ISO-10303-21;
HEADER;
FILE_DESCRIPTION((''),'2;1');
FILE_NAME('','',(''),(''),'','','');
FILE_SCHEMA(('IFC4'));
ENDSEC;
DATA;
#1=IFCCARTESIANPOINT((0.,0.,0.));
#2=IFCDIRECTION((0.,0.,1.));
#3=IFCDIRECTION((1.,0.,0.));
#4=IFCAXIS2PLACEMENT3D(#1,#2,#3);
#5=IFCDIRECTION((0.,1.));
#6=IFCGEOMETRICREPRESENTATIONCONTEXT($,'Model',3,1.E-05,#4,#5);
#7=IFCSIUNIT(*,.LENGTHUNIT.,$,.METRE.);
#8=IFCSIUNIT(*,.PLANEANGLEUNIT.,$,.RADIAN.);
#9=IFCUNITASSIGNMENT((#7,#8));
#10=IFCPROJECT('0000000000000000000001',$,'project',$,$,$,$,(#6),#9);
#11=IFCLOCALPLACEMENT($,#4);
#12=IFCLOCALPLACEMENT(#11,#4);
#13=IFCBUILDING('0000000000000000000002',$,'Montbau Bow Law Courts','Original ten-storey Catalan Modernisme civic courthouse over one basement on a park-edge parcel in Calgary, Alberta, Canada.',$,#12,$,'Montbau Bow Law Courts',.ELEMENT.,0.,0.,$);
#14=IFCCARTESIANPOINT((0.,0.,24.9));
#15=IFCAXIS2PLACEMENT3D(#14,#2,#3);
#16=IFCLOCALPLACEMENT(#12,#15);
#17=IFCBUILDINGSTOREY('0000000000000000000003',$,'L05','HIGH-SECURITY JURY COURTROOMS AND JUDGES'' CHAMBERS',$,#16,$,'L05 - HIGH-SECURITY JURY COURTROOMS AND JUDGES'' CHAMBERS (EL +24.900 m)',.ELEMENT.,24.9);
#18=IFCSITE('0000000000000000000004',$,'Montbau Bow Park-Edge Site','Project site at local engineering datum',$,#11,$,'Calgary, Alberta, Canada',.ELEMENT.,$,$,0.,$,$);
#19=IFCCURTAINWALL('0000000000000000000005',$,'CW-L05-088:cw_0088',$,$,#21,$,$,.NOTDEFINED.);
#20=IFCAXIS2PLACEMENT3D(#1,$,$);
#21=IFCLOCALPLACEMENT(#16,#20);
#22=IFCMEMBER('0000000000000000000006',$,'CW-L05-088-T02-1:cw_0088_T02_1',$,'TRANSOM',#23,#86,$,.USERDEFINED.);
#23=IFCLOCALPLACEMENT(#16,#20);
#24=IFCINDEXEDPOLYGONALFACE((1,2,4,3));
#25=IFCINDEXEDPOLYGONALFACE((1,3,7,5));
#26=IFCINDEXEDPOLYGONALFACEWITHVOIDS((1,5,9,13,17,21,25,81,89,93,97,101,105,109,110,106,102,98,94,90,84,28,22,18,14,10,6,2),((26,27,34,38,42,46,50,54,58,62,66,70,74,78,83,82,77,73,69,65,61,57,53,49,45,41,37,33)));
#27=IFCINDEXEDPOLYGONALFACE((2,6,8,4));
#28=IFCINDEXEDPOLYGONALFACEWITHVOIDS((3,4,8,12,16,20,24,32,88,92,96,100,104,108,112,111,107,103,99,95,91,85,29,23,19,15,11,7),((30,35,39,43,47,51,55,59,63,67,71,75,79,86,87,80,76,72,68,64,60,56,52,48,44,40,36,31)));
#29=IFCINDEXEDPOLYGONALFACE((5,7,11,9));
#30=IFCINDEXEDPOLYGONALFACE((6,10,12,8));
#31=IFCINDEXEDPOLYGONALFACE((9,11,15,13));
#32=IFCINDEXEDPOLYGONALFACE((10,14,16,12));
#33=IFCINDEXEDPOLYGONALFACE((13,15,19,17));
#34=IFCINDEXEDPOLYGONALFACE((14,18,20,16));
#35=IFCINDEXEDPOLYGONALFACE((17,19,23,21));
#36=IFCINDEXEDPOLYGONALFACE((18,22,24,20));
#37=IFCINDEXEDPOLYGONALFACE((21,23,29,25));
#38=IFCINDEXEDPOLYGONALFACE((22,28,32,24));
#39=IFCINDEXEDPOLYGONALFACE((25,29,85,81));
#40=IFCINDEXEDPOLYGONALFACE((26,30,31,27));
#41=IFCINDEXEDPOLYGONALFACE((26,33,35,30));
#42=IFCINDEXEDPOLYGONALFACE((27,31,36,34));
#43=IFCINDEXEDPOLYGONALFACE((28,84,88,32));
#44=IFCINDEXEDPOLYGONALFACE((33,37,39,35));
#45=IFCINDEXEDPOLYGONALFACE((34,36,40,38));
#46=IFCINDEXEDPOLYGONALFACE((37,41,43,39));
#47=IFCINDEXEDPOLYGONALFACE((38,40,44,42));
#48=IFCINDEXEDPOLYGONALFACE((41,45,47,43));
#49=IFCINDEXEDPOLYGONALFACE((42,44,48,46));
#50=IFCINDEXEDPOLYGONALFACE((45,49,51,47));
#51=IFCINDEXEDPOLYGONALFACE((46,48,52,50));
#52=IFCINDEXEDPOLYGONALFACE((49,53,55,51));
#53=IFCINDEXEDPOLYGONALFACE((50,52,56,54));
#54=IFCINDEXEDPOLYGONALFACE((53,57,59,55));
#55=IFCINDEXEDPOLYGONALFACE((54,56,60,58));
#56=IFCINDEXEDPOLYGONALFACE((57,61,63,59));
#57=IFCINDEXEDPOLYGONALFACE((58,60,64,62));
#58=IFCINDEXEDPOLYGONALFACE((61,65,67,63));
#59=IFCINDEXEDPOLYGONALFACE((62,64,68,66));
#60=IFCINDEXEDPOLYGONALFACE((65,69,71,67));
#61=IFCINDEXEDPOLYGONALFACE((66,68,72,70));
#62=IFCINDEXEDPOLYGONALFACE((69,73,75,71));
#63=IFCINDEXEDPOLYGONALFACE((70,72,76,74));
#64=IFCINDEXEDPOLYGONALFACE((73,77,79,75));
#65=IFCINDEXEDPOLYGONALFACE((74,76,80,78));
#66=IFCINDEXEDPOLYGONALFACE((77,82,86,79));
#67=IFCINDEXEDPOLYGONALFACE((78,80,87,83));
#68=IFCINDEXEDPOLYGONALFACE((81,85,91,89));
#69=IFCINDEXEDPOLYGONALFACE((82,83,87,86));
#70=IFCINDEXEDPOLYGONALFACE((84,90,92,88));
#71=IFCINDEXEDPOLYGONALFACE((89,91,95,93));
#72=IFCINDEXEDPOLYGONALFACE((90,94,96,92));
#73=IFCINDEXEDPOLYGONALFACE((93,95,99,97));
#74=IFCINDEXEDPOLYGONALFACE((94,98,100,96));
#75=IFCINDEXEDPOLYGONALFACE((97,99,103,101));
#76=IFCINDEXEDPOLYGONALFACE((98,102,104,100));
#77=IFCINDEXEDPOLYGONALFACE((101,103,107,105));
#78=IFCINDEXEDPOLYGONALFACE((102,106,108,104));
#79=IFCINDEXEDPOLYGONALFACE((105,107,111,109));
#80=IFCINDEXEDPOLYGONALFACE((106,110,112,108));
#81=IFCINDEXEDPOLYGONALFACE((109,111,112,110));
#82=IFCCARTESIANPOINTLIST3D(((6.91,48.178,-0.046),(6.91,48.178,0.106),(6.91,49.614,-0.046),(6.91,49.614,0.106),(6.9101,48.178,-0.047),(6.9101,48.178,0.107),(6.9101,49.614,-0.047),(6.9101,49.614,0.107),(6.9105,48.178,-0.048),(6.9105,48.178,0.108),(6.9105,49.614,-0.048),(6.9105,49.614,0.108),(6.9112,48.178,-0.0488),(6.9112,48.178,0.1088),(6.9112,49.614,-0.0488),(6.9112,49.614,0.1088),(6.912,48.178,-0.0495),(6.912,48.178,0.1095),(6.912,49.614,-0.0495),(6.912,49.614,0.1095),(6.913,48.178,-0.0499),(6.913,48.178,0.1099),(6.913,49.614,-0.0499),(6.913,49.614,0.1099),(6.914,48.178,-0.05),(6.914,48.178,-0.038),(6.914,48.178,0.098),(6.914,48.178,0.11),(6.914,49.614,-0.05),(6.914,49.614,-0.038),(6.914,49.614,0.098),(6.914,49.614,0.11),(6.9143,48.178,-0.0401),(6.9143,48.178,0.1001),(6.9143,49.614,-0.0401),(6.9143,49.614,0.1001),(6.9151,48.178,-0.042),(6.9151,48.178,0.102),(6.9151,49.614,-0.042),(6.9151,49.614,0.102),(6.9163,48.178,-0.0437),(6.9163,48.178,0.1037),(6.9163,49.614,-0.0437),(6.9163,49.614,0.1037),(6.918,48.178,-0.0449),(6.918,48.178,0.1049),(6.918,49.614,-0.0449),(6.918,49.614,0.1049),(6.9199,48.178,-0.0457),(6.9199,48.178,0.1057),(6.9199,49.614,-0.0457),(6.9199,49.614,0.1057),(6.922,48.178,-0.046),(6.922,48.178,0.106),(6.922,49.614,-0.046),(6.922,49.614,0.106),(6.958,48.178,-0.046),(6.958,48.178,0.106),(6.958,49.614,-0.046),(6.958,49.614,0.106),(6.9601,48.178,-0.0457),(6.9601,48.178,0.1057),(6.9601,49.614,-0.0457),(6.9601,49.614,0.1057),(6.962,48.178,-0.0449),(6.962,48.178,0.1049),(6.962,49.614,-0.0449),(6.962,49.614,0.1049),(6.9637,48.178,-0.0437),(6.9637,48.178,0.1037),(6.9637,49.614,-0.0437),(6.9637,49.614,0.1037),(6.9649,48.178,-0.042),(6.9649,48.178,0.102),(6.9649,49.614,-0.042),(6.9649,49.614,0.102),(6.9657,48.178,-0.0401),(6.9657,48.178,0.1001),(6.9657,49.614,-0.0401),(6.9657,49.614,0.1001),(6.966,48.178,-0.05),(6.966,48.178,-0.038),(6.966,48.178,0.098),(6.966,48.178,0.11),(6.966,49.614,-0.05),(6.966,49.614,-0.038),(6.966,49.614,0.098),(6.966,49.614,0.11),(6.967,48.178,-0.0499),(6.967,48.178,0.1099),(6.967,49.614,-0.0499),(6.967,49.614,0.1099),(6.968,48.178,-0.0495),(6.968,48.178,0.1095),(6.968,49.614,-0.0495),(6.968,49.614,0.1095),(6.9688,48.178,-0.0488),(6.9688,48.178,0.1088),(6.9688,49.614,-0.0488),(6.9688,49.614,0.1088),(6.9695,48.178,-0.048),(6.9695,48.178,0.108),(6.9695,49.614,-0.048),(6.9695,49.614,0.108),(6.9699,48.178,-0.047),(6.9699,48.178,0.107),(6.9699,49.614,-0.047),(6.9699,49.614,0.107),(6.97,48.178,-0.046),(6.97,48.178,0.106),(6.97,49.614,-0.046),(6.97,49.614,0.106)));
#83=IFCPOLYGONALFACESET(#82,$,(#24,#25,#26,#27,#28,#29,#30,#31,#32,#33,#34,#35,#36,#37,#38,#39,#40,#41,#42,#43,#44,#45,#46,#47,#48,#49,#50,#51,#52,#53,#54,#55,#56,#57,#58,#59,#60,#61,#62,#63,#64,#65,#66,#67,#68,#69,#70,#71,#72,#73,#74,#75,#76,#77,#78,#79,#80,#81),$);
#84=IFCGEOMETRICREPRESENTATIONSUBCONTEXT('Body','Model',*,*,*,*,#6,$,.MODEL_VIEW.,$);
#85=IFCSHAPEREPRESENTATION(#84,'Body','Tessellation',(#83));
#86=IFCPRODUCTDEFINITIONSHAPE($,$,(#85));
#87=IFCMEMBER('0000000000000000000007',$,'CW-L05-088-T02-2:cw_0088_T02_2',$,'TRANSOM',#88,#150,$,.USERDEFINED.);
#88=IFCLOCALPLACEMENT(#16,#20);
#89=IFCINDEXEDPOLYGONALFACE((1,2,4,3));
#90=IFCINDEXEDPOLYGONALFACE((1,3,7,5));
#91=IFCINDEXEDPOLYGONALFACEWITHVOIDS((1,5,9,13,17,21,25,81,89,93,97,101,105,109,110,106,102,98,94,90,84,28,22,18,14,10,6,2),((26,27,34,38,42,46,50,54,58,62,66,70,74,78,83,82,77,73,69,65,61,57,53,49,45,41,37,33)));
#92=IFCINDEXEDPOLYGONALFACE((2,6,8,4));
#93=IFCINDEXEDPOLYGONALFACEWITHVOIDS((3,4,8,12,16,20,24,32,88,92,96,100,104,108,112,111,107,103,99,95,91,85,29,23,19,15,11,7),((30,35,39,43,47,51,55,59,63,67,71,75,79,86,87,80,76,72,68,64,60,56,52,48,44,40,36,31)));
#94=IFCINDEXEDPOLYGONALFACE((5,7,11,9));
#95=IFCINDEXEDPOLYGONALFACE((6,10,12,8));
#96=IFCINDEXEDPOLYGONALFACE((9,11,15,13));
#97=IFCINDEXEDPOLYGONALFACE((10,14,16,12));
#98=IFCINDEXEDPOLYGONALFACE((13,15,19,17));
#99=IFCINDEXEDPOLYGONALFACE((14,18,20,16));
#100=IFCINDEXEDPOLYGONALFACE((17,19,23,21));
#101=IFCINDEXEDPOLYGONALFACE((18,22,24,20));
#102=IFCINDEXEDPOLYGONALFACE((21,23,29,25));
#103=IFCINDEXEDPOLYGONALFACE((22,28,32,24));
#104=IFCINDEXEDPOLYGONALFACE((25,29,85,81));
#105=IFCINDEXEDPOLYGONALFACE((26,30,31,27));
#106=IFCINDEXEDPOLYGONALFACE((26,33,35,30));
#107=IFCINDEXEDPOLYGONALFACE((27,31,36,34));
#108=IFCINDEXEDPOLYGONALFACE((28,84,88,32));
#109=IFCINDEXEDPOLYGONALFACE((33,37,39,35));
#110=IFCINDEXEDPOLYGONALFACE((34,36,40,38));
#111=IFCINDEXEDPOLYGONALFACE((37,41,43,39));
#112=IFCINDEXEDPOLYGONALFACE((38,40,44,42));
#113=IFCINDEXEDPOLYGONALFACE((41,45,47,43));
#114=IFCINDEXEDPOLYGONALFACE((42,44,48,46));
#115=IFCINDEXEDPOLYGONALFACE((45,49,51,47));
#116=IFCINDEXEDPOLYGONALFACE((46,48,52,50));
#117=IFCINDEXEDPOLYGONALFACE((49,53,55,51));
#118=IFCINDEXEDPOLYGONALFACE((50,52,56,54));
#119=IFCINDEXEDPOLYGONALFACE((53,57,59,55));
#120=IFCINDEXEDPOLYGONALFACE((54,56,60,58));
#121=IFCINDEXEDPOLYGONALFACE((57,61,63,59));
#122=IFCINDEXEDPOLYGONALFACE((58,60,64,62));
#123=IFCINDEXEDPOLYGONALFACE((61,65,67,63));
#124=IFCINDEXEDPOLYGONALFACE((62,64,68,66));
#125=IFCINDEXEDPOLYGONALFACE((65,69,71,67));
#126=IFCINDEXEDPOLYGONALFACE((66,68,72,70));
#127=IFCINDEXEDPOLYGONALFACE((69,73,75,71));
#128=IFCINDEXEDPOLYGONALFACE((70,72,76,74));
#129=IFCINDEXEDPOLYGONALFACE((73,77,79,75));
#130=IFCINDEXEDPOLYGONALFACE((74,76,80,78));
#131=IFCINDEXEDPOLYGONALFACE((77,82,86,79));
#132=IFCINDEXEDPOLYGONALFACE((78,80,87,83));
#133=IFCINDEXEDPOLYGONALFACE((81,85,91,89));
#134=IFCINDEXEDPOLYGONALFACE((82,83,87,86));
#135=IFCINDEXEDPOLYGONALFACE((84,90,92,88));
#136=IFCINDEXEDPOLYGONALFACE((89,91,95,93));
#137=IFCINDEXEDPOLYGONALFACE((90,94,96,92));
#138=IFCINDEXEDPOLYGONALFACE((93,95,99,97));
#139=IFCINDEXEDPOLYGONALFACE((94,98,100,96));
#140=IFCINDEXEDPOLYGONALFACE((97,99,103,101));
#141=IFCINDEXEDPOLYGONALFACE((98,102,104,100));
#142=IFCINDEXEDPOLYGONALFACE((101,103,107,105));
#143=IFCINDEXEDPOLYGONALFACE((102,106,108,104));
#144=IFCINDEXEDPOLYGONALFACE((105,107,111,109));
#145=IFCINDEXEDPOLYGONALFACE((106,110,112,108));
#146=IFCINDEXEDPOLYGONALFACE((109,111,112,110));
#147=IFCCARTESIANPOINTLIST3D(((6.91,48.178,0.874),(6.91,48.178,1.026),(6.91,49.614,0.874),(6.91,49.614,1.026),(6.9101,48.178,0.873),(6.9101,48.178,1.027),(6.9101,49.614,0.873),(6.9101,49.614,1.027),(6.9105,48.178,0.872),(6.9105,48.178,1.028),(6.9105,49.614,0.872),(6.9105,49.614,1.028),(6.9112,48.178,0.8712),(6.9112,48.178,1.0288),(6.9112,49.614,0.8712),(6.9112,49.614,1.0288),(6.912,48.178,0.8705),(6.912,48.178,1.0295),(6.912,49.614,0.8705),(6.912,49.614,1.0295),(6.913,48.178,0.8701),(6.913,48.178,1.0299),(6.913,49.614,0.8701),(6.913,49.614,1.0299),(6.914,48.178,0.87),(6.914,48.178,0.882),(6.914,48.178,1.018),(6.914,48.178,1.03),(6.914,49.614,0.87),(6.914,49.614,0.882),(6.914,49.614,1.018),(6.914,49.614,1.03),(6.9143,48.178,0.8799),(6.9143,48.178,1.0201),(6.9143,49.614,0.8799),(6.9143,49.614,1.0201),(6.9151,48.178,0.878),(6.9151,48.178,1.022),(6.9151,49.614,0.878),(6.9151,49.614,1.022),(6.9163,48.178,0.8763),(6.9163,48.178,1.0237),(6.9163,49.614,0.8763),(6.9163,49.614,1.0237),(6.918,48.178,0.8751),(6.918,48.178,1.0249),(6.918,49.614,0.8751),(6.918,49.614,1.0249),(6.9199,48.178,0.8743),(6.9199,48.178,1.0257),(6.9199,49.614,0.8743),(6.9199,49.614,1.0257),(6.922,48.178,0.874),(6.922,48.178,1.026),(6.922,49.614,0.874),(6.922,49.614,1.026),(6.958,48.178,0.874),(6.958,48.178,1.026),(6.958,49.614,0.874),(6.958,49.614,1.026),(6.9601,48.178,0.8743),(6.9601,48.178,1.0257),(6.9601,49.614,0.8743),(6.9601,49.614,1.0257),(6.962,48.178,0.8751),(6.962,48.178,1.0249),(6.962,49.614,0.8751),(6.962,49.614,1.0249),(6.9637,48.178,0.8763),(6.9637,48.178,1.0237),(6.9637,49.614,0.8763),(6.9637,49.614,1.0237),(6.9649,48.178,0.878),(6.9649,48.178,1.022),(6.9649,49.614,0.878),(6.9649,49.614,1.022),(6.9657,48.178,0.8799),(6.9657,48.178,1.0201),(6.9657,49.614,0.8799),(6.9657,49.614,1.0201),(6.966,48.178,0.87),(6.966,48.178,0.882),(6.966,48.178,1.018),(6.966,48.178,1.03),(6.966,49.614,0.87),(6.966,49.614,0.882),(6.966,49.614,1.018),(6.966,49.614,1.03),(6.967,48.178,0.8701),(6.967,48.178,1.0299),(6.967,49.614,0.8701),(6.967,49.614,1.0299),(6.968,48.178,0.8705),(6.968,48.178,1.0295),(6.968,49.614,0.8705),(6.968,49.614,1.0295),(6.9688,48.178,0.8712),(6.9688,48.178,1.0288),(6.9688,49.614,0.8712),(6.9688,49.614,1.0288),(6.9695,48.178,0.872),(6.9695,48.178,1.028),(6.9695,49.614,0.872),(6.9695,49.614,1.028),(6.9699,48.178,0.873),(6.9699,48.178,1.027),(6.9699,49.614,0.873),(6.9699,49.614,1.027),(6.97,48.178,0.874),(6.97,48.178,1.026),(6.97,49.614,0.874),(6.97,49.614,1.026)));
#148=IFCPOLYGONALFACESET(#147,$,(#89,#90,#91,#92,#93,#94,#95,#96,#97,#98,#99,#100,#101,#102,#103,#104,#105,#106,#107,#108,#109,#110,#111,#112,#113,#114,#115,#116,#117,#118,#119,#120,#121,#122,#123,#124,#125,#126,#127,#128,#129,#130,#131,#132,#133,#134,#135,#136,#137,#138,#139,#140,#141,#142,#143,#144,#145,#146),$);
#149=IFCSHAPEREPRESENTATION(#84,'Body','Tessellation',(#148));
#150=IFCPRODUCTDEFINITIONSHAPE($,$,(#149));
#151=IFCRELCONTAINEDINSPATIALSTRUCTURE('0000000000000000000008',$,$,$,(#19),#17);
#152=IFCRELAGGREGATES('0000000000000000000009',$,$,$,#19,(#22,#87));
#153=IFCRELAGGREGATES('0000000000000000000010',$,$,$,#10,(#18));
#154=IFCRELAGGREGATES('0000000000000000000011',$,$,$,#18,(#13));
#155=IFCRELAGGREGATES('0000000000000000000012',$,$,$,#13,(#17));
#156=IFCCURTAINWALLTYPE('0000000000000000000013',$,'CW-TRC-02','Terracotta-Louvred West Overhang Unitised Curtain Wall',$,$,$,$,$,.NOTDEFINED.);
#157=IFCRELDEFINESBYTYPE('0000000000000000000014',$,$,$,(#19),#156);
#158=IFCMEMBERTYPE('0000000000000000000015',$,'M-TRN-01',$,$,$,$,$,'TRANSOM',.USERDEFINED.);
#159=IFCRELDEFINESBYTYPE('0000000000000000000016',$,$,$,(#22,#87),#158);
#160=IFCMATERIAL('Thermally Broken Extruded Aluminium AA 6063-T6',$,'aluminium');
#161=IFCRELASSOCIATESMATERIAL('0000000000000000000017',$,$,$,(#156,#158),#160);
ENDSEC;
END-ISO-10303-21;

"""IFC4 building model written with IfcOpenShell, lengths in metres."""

from ifc_helpers import new_model, si_unit, direction, frame, origin_with_axes, origin_2d_with_axis, place, context, subcontext, project, spatial, hollow_rectangle, extrude, material, material_profile, profile_set, type_object, element, aggregate, save


model = new_model("IFC4")

# Units and contexts
model_context = context("Model", 3, precision=1e-05, world=origin_with_axes(), true_north=direction((0.0, 1.0)))
body_context = subcontext(model_context, "Body", "Model", "MODEL_VIEW")
ifc_project = project(units=[si_unit("LENGTHUNIT", "METRE"), si_unit("PLANEANGLEUNIT", "RADIAN")], contexts=[model_context])

# Site, building, storey
site_placement = place(None, origin_with_axes())
site = spatial("IfcSite", under=ifc_project, at=site_placement, Name="Montbau Bow Park-Edge Site", Description="Project site at local engineering datum", LongName="Calgary, Alberta, Canada", CompositionType="ELEMENT", RefElevation=0.0)
building_placement = place(site_placement, origin_with_axes())
building = spatial("IfcBuilding", under=site, at=building_placement, Name="Montbau Bow Law Courts", Description="Original ten-storey Catalan Modernisme civic courthouse over one basement on a park-edge parcel in Calgary, Alberta, Canada.", LongName="Montbau Bow Law Courts", CompositionType="ELEMENT", ElevationOfRefHeight=0.0, ElevationOfTerrain=0.0)
storey_placement = place(building_placement, frame((0.0, 0.0, 24.9), z_axis=(0.0, 0.0, 1.0), x_axis=(1.0, 0.0, 0.0)))
storey = spatial("IfcBuildingStorey", under=building, at=storey_placement, Name="L05", Description="HIGH-SECURITY JURY COURTROOMS AND JUDGES' CHAMBERS", LongName="L05 - HIGH-SECURITY JURY COURTROOMS AND JUDGES' CHAMBERS (EL +24.900 m)", CompositionType="ELEMENT", Elevation=24.9)

# Curtain wall, members
ifc_material_1 = material(Name="Thermally Broken Extruded Aluminium AA 6063-T6", Category="aluminium")
curtain_wall_type = type_object("IfcCurtainWallType", Name="CW-TRC-02", Description="Terracotta-Louvred West Overhang Unitised Curtain Wall", PredefinedType="NOTDEFINED", material=ifc_material_1)
curtain_wall_placement = place(None, frame((6.94, 46.64, 24.9), z_axis=(0.0, 0.0, 1.0), x_axis=(1.0, 0.0, 0.0)))
curtain_wall = element("IfcCurtainWall", 1, at=curtain_wall_placement, inside=storey, type_object=curtain_wall_type, Name="CW-L05-088:cw_0088", PredefinedType="NOTDEFINED")
ifc_material_profile_1 = material_profile(ifc_material_1, hollow_rectangle(XDim=0.06, YDim=0.16, WallThickness=0.004, InnerFilletRadius=0.008, OuterFilletRadius=0.004, at=origin_2d_with_axis()), Name="CWT-160X60", Category="Main", Priority=0)
ifc_profile_set_1 = profile_set([ifc_material_profile_1], Name="Thermally Broken Extruded Aluminium AA 6063-T6")
member_type_1 = type_object("IfcMemberType", Name="M-TRN-01", ElementType="TRANSOM", PredefinedType="USERDEFINED", material=ifc_profile_set_1)
member_1_placement = place(None, frame((6.94, 48.178, 24.93), z_axis=(0.0, 1.0, 0.0), x_axis=(-1.0, 0.0, 0.0)))
member_1 = element("IfcMember", 2, at=member_1_placement, type_object=member_type_1, Name="CW-L05-088-T02-1:cw_0088_T02_1", ObjectType="TRANSOM", PredefinedType="USERDEFINED", context=body_context, shape_type="SweptSolid", body=[
    extrude(hollow_rectangle(XDim=0.06, YDim=0.16, WallThickness=0.004, InnerFilletRadius=0.008, OuterFilletRadius=0.004, at=origin_2d_with_axis()), origin_with_axes(), (0.0, 0.0, 1.0), 1.436),
])
member_2_placement = place(None, frame((6.94, 48.178, 25.85), z_axis=(0.0, 1.0, 0.0), x_axis=(-1.0, 0.0, 0.0)))
member_2 = element("IfcMember", 3, at=member_2_placement, type_object=member_type_1, Name="CW-L05-088-T02-2:cw_0088_T02_2", ObjectType="TRANSOM", PredefinedType="USERDEFINED", context=body_context, shape_type="SweptSolid", body=[
    extrude(hollow_rectangle(XDim=0.06, YDim=0.16, WallThickness=0.004, InnerFilletRadius=0.008, OuterFilletRadius=0.004, at=origin_2d_with_axis()), origin_with_axes(), (0.0, 0.0, 1.0), 1.436),
])
aggregate(curtain_wall, [member_1, member_2])

save(model, "model.ifc")
